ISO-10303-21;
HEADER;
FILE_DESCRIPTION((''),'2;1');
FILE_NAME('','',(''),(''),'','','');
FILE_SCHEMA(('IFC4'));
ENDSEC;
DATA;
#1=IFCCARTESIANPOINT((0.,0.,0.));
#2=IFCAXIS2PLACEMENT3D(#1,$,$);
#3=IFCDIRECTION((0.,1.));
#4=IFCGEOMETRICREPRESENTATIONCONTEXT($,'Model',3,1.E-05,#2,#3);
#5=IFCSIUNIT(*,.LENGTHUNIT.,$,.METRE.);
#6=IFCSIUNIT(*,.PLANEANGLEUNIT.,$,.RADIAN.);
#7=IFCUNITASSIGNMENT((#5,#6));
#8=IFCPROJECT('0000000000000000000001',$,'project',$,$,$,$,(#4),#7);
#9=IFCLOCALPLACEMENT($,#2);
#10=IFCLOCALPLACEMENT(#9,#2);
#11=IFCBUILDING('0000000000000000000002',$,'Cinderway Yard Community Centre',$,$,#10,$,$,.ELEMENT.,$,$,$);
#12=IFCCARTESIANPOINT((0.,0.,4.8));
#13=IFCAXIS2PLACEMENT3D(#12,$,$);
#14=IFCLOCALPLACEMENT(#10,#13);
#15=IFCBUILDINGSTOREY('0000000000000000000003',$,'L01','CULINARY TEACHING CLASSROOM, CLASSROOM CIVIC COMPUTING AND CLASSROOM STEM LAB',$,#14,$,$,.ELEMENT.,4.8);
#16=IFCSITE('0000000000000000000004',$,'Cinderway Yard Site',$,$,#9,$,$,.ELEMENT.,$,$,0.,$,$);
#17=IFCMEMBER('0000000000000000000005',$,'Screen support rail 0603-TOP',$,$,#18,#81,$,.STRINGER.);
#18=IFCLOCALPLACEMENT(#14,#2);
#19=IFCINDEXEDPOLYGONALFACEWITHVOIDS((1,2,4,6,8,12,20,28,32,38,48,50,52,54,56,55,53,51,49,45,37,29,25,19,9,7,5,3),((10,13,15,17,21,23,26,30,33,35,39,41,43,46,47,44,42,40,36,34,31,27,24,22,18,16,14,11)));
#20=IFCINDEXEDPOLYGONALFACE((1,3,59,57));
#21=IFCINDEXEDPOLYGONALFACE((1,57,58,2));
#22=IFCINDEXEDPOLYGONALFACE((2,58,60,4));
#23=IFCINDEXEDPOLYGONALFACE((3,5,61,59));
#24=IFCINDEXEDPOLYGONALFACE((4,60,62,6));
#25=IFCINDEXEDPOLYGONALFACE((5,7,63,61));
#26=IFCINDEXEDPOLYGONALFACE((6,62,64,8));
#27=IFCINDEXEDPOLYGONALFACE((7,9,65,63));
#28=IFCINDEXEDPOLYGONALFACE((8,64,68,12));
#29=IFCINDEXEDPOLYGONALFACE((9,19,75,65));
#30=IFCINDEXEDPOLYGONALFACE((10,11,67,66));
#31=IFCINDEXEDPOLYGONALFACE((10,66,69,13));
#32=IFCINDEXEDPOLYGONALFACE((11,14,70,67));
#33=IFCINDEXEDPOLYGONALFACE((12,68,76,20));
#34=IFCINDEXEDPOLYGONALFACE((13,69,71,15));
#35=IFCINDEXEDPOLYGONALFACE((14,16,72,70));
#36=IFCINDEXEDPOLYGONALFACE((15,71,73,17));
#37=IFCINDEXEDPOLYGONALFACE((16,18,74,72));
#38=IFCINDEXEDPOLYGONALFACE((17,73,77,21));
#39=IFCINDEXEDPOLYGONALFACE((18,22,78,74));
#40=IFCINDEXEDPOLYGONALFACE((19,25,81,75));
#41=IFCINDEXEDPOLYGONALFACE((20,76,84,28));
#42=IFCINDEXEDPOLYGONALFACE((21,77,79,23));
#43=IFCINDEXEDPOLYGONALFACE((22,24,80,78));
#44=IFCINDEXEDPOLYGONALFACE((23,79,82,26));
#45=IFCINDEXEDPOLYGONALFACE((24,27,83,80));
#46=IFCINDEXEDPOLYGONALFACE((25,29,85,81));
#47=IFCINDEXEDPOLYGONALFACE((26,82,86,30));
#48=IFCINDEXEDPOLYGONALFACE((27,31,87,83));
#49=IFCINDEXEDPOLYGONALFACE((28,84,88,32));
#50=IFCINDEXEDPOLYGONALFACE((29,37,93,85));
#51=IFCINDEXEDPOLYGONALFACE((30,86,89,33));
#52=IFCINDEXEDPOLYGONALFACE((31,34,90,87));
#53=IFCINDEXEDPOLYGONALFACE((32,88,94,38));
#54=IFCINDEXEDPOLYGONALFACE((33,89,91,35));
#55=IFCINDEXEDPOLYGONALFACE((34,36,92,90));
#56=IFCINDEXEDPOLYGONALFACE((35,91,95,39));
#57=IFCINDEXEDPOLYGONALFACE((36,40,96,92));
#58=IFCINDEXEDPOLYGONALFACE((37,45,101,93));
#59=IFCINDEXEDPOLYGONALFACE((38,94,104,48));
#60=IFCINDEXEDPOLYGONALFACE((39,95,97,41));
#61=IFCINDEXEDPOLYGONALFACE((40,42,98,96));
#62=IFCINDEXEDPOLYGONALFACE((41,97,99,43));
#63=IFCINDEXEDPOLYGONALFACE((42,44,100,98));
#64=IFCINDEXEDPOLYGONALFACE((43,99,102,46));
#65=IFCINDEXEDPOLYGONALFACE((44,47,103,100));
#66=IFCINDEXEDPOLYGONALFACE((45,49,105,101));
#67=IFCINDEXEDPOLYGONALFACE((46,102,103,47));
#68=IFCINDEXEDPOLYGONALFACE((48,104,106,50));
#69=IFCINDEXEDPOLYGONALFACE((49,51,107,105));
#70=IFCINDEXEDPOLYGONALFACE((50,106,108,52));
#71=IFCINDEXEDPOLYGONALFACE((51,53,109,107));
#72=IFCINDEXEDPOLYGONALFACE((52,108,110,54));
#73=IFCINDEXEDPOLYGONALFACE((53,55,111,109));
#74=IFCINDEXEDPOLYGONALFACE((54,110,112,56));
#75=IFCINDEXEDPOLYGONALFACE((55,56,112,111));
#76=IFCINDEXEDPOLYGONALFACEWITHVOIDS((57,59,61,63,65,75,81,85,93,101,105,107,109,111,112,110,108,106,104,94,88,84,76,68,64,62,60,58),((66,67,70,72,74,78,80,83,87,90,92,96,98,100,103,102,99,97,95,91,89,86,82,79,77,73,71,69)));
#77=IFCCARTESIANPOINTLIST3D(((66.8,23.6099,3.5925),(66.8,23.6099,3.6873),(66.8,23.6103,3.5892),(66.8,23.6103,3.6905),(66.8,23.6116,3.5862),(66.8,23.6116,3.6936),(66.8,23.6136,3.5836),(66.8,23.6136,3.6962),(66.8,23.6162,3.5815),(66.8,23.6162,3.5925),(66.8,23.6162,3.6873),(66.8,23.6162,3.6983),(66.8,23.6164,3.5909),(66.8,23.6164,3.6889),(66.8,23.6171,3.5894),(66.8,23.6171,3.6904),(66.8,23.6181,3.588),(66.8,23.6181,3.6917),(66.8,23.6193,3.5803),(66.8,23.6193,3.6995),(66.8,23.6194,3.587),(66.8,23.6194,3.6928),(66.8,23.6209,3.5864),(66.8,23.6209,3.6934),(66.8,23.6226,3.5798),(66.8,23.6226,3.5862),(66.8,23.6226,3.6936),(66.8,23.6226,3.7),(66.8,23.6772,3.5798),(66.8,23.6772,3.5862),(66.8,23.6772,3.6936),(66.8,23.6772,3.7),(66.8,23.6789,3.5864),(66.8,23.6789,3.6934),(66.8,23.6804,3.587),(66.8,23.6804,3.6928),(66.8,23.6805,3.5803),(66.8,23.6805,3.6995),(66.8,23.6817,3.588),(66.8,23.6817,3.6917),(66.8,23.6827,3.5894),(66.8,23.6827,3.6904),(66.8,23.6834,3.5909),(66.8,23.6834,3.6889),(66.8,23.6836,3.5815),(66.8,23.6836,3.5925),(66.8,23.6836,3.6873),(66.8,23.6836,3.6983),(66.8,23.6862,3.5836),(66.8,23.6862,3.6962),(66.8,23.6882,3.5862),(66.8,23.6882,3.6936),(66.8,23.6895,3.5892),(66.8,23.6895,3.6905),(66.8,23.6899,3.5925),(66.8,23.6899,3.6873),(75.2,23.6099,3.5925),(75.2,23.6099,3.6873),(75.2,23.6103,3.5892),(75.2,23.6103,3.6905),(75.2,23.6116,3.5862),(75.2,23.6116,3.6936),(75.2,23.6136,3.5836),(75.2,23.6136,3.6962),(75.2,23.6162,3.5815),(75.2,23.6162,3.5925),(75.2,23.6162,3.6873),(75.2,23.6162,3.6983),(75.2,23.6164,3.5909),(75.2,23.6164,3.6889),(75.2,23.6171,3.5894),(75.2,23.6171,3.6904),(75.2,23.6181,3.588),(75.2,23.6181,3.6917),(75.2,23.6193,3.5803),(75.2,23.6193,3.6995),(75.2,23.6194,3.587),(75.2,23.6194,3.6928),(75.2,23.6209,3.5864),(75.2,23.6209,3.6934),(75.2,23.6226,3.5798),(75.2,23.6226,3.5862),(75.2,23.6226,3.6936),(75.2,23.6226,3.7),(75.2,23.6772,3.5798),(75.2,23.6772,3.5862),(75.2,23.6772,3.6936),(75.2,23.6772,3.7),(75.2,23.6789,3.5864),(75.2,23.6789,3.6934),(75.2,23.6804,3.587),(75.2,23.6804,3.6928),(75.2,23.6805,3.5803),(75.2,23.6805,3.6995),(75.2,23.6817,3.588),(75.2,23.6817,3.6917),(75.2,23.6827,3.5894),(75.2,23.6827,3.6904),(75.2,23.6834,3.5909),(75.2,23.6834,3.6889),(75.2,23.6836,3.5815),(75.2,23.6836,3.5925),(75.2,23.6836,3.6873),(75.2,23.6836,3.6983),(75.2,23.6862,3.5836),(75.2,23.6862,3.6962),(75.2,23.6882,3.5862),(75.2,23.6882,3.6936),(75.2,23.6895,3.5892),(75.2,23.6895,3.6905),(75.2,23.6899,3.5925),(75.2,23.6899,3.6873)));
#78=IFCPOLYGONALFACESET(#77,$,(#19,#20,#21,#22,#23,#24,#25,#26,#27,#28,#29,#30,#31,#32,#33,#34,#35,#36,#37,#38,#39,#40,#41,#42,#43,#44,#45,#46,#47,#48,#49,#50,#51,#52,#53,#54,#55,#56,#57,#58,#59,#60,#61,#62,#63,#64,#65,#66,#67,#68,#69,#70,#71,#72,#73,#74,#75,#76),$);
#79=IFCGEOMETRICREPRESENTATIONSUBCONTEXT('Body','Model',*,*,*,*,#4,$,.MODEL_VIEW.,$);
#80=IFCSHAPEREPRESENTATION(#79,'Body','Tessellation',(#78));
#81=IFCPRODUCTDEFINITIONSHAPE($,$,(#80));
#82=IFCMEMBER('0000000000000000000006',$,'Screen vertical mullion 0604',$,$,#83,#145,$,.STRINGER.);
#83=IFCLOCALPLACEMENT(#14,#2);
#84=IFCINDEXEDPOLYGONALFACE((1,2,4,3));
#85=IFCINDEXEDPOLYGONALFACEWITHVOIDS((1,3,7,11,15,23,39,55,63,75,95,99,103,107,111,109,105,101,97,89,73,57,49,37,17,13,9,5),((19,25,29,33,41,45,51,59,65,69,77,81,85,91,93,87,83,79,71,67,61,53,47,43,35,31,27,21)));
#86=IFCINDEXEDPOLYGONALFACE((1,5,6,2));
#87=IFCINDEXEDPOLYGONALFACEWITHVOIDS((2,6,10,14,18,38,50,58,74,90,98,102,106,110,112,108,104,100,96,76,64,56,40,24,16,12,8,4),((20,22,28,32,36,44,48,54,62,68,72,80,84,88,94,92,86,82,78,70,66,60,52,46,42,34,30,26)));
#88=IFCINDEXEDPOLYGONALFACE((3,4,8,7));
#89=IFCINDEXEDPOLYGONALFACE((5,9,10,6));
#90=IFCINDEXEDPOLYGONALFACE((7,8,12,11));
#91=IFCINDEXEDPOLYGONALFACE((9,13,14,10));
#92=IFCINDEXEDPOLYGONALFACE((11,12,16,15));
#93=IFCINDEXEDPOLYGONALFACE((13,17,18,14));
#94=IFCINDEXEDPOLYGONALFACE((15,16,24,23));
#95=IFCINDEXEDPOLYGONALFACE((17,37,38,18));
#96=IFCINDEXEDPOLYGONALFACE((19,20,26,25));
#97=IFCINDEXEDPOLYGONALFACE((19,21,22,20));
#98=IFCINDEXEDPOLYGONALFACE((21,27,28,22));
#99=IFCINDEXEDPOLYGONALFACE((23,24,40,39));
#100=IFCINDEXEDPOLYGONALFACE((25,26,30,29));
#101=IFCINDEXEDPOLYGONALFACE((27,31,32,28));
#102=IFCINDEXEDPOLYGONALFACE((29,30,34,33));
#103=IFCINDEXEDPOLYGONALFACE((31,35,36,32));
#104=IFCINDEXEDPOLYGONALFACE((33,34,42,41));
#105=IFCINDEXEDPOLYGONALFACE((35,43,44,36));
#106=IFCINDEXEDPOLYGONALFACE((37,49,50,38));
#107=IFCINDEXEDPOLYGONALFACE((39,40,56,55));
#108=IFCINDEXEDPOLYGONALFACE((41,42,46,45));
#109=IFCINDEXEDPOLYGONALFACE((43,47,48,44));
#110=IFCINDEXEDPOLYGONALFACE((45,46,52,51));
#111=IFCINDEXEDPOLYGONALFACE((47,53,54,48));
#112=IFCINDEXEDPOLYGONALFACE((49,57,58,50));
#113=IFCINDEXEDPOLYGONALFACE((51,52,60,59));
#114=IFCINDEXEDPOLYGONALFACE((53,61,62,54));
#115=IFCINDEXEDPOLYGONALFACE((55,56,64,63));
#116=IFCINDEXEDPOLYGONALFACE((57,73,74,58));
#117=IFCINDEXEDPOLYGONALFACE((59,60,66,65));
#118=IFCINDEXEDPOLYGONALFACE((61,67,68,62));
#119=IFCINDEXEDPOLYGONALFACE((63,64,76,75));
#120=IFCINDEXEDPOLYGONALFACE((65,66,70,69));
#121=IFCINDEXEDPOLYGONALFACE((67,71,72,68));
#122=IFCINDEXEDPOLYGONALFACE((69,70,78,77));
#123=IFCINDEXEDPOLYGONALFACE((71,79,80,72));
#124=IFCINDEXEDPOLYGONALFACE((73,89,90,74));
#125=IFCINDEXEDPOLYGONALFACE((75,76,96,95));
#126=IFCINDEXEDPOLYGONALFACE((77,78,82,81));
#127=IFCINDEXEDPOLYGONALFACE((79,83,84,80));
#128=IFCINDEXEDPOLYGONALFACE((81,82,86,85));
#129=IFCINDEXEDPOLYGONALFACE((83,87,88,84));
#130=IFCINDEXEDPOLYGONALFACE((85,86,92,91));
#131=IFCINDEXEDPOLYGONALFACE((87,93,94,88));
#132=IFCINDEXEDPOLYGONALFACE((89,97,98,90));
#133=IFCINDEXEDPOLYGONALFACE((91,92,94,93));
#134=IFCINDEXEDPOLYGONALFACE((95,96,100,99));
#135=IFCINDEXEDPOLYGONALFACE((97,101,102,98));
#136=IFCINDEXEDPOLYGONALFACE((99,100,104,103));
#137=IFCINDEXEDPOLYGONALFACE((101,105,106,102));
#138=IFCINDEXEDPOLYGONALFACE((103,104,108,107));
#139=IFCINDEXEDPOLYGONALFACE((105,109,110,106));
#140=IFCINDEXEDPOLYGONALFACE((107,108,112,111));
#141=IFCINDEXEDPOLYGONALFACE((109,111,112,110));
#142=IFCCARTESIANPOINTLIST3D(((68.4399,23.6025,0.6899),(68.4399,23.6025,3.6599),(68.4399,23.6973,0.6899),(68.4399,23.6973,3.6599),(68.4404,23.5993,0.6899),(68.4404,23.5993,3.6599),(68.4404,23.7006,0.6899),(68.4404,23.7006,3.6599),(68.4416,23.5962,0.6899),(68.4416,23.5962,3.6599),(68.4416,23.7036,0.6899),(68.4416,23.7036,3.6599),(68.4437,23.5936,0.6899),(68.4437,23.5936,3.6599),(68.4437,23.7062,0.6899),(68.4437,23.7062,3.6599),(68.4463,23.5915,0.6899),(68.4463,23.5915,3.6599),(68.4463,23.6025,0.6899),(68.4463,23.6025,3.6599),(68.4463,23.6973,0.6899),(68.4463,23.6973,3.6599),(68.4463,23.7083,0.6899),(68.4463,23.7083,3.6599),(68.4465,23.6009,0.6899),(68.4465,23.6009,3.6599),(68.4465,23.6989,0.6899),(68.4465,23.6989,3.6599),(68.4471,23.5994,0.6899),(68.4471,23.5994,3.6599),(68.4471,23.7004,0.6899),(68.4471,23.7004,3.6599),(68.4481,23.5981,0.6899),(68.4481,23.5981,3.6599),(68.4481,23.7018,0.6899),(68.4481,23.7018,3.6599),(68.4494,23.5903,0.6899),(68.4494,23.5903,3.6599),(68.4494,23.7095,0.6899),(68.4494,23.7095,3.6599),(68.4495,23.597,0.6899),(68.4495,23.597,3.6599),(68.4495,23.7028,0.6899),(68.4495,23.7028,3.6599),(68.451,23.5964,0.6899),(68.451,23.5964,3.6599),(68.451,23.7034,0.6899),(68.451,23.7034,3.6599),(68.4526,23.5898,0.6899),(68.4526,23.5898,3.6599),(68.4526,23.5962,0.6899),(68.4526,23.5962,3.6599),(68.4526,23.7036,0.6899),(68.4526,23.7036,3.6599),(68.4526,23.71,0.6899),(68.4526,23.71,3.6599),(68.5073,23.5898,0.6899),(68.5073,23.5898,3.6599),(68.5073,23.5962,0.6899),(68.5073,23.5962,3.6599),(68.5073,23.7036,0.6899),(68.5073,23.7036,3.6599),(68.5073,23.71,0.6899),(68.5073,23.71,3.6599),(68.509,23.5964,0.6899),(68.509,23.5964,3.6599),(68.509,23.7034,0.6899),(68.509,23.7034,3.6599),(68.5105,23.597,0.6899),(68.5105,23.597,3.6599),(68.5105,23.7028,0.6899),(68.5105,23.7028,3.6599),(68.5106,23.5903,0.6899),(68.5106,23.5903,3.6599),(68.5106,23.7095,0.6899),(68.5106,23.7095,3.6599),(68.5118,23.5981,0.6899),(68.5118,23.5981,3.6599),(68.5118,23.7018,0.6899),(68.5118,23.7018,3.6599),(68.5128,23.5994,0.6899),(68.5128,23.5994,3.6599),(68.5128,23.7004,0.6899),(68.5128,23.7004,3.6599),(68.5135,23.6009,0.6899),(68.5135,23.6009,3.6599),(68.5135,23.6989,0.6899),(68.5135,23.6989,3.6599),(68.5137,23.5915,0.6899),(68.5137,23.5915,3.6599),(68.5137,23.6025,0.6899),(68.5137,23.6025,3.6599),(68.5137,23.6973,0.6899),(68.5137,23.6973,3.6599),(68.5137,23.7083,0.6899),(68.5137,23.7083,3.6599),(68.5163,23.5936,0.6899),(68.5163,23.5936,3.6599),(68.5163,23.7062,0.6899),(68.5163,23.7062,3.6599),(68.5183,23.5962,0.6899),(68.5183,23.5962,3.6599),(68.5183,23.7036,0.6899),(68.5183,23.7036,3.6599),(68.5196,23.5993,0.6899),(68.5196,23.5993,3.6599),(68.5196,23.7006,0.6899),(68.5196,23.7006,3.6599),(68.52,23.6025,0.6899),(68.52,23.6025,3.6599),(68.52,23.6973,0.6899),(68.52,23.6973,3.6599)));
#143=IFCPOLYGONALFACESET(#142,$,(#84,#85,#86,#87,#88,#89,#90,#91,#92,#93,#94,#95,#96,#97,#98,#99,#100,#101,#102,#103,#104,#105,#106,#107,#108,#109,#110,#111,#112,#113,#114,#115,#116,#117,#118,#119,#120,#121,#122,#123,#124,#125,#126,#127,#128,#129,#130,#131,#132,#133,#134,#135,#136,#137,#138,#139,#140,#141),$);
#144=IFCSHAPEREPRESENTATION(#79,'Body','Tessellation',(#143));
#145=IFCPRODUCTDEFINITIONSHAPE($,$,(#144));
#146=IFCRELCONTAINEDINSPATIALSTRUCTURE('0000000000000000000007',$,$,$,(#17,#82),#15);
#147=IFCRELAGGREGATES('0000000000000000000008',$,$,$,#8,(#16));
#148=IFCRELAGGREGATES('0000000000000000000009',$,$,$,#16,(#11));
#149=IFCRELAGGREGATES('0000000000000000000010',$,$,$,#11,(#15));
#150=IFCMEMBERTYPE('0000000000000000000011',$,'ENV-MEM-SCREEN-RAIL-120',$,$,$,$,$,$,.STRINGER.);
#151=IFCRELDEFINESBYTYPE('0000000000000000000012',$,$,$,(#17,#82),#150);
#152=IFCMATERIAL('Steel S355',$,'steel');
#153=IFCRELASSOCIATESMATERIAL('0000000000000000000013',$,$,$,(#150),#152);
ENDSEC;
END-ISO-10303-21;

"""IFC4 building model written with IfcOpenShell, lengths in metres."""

from ifc_helpers import new_model, si_unit, direction, frame, origin, origin_2d, place, context, subcontext, project, spatial, hollow_rectangle, extrude, material, material_profile, profile_set, type_object, element, save


model = new_model("IFC4")

# Units and contexts
model_context = context("Model", 3, precision=1e-05, world=origin(), true_north=direction((0.0, 1.0)))
body_context = subcontext(model_context, "Body", "Model", "MODEL_VIEW")
ifc_project = project(units=[si_unit("LENGTHUNIT", "METRE"), si_unit("PLANEANGLEUNIT", "RADIAN")], contexts=[model_context])

# Site, building, storey
site_placement = place(None, origin())
site = spatial("IfcSite", under=ifc_project, at=site_placement, Name="Cinderway Yard Site", CompositionType="ELEMENT", RefElevation=0.0)
building_placement = place(site_placement, origin())
building = spatial("IfcBuilding", under=site, at=building_placement, Name="Cinderway Yard Community Centre", CompositionType="ELEMENT")
storey_placement = place(building_placement, frame((0.0, 0.0, 4.8)))
storey = spatial("IfcBuildingStorey", under=building, at=storey_placement, Name="L01", Description="CULINARY TEACHING CLASSROOM, CLASSROOM CIVIC COMPUTING AND CLASSROOM STEM LAB", CompositionType="ELEMENT", Elevation=4.8)

# Members
ifc_material_1 = material(Name="Steel S355", Category="steel")
ifc_material_profile_1 = material_profile(ifc_material_1, hollow_rectangle(XDim=0.0801, YDim=0.1201, WallThickness=0.0063, InnerFilletRadius=0.0063, OuterFilletRadius=0.0127, at=origin_2d()), Name="Steel S355")
ifc_profile_set_1 = profile_set([ifc_material_profile_1], Name="Steel S355")
member_type_1 = type_object("IfcMemberType", Name="ENV-MEM-SCREEN-RAIL-120", PredefinedType="STRINGER", material=ifc_profile_set_1)
for number, where, z_axis, x_axis, name in (
    (1, (66.8, 23.6499, 3.6399), (1.0, 0.0, 0.0), (0.0, 1.0, 0.0), "Screen support rail 0603-TOP"),
):
    element("IfcMember", number, at=place(storey_placement, frame(where, z_axis=z_axis, x_axis=x_axis)), inside=storey, type_object=member_type_1, Name=name, PredefinedType="STRINGER", context=body_context, shape_type="SweptSolid", body=[
        extrude(hollow_rectangle(XDim=0.0801, YDim=0.1201, WallThickness=0.0063, InnerFilletRadius=0.0063, OuterFilletRadius=0.0127, at=origin_2d()), origin(), (0.0, 0.0, 1.0), 8.3999),
    ])
for number, where, z_axis, x_axis, name in (
    (2, (68.48, 23.6499, 0.6899), (0.0, 0.0, 1.0), (1.0, 0.0, 0.0), "Screen vertical mullion 0604"),
):
    element("IfcMember", number, at=place(storey_placement, frame(where, z_axis=z_axis, x_axis=x_axis)), inside=storey, type_object=member_type_1, Name=name, PredefinedType="STRINGER", context=body_context, shape_type="SweptSolid", body=[
        extrude(hollow_rectangle(XDim=0.0801, YDim=0.1201, WallThickness=0.0063, InnerFilletRadius=0.0063, OuterFilletRadius=0.0127, at=origin_2d()), origin(), (0.0, 0.0, 1.0), 2.97),
    ])

save(model, "model.ifc")
